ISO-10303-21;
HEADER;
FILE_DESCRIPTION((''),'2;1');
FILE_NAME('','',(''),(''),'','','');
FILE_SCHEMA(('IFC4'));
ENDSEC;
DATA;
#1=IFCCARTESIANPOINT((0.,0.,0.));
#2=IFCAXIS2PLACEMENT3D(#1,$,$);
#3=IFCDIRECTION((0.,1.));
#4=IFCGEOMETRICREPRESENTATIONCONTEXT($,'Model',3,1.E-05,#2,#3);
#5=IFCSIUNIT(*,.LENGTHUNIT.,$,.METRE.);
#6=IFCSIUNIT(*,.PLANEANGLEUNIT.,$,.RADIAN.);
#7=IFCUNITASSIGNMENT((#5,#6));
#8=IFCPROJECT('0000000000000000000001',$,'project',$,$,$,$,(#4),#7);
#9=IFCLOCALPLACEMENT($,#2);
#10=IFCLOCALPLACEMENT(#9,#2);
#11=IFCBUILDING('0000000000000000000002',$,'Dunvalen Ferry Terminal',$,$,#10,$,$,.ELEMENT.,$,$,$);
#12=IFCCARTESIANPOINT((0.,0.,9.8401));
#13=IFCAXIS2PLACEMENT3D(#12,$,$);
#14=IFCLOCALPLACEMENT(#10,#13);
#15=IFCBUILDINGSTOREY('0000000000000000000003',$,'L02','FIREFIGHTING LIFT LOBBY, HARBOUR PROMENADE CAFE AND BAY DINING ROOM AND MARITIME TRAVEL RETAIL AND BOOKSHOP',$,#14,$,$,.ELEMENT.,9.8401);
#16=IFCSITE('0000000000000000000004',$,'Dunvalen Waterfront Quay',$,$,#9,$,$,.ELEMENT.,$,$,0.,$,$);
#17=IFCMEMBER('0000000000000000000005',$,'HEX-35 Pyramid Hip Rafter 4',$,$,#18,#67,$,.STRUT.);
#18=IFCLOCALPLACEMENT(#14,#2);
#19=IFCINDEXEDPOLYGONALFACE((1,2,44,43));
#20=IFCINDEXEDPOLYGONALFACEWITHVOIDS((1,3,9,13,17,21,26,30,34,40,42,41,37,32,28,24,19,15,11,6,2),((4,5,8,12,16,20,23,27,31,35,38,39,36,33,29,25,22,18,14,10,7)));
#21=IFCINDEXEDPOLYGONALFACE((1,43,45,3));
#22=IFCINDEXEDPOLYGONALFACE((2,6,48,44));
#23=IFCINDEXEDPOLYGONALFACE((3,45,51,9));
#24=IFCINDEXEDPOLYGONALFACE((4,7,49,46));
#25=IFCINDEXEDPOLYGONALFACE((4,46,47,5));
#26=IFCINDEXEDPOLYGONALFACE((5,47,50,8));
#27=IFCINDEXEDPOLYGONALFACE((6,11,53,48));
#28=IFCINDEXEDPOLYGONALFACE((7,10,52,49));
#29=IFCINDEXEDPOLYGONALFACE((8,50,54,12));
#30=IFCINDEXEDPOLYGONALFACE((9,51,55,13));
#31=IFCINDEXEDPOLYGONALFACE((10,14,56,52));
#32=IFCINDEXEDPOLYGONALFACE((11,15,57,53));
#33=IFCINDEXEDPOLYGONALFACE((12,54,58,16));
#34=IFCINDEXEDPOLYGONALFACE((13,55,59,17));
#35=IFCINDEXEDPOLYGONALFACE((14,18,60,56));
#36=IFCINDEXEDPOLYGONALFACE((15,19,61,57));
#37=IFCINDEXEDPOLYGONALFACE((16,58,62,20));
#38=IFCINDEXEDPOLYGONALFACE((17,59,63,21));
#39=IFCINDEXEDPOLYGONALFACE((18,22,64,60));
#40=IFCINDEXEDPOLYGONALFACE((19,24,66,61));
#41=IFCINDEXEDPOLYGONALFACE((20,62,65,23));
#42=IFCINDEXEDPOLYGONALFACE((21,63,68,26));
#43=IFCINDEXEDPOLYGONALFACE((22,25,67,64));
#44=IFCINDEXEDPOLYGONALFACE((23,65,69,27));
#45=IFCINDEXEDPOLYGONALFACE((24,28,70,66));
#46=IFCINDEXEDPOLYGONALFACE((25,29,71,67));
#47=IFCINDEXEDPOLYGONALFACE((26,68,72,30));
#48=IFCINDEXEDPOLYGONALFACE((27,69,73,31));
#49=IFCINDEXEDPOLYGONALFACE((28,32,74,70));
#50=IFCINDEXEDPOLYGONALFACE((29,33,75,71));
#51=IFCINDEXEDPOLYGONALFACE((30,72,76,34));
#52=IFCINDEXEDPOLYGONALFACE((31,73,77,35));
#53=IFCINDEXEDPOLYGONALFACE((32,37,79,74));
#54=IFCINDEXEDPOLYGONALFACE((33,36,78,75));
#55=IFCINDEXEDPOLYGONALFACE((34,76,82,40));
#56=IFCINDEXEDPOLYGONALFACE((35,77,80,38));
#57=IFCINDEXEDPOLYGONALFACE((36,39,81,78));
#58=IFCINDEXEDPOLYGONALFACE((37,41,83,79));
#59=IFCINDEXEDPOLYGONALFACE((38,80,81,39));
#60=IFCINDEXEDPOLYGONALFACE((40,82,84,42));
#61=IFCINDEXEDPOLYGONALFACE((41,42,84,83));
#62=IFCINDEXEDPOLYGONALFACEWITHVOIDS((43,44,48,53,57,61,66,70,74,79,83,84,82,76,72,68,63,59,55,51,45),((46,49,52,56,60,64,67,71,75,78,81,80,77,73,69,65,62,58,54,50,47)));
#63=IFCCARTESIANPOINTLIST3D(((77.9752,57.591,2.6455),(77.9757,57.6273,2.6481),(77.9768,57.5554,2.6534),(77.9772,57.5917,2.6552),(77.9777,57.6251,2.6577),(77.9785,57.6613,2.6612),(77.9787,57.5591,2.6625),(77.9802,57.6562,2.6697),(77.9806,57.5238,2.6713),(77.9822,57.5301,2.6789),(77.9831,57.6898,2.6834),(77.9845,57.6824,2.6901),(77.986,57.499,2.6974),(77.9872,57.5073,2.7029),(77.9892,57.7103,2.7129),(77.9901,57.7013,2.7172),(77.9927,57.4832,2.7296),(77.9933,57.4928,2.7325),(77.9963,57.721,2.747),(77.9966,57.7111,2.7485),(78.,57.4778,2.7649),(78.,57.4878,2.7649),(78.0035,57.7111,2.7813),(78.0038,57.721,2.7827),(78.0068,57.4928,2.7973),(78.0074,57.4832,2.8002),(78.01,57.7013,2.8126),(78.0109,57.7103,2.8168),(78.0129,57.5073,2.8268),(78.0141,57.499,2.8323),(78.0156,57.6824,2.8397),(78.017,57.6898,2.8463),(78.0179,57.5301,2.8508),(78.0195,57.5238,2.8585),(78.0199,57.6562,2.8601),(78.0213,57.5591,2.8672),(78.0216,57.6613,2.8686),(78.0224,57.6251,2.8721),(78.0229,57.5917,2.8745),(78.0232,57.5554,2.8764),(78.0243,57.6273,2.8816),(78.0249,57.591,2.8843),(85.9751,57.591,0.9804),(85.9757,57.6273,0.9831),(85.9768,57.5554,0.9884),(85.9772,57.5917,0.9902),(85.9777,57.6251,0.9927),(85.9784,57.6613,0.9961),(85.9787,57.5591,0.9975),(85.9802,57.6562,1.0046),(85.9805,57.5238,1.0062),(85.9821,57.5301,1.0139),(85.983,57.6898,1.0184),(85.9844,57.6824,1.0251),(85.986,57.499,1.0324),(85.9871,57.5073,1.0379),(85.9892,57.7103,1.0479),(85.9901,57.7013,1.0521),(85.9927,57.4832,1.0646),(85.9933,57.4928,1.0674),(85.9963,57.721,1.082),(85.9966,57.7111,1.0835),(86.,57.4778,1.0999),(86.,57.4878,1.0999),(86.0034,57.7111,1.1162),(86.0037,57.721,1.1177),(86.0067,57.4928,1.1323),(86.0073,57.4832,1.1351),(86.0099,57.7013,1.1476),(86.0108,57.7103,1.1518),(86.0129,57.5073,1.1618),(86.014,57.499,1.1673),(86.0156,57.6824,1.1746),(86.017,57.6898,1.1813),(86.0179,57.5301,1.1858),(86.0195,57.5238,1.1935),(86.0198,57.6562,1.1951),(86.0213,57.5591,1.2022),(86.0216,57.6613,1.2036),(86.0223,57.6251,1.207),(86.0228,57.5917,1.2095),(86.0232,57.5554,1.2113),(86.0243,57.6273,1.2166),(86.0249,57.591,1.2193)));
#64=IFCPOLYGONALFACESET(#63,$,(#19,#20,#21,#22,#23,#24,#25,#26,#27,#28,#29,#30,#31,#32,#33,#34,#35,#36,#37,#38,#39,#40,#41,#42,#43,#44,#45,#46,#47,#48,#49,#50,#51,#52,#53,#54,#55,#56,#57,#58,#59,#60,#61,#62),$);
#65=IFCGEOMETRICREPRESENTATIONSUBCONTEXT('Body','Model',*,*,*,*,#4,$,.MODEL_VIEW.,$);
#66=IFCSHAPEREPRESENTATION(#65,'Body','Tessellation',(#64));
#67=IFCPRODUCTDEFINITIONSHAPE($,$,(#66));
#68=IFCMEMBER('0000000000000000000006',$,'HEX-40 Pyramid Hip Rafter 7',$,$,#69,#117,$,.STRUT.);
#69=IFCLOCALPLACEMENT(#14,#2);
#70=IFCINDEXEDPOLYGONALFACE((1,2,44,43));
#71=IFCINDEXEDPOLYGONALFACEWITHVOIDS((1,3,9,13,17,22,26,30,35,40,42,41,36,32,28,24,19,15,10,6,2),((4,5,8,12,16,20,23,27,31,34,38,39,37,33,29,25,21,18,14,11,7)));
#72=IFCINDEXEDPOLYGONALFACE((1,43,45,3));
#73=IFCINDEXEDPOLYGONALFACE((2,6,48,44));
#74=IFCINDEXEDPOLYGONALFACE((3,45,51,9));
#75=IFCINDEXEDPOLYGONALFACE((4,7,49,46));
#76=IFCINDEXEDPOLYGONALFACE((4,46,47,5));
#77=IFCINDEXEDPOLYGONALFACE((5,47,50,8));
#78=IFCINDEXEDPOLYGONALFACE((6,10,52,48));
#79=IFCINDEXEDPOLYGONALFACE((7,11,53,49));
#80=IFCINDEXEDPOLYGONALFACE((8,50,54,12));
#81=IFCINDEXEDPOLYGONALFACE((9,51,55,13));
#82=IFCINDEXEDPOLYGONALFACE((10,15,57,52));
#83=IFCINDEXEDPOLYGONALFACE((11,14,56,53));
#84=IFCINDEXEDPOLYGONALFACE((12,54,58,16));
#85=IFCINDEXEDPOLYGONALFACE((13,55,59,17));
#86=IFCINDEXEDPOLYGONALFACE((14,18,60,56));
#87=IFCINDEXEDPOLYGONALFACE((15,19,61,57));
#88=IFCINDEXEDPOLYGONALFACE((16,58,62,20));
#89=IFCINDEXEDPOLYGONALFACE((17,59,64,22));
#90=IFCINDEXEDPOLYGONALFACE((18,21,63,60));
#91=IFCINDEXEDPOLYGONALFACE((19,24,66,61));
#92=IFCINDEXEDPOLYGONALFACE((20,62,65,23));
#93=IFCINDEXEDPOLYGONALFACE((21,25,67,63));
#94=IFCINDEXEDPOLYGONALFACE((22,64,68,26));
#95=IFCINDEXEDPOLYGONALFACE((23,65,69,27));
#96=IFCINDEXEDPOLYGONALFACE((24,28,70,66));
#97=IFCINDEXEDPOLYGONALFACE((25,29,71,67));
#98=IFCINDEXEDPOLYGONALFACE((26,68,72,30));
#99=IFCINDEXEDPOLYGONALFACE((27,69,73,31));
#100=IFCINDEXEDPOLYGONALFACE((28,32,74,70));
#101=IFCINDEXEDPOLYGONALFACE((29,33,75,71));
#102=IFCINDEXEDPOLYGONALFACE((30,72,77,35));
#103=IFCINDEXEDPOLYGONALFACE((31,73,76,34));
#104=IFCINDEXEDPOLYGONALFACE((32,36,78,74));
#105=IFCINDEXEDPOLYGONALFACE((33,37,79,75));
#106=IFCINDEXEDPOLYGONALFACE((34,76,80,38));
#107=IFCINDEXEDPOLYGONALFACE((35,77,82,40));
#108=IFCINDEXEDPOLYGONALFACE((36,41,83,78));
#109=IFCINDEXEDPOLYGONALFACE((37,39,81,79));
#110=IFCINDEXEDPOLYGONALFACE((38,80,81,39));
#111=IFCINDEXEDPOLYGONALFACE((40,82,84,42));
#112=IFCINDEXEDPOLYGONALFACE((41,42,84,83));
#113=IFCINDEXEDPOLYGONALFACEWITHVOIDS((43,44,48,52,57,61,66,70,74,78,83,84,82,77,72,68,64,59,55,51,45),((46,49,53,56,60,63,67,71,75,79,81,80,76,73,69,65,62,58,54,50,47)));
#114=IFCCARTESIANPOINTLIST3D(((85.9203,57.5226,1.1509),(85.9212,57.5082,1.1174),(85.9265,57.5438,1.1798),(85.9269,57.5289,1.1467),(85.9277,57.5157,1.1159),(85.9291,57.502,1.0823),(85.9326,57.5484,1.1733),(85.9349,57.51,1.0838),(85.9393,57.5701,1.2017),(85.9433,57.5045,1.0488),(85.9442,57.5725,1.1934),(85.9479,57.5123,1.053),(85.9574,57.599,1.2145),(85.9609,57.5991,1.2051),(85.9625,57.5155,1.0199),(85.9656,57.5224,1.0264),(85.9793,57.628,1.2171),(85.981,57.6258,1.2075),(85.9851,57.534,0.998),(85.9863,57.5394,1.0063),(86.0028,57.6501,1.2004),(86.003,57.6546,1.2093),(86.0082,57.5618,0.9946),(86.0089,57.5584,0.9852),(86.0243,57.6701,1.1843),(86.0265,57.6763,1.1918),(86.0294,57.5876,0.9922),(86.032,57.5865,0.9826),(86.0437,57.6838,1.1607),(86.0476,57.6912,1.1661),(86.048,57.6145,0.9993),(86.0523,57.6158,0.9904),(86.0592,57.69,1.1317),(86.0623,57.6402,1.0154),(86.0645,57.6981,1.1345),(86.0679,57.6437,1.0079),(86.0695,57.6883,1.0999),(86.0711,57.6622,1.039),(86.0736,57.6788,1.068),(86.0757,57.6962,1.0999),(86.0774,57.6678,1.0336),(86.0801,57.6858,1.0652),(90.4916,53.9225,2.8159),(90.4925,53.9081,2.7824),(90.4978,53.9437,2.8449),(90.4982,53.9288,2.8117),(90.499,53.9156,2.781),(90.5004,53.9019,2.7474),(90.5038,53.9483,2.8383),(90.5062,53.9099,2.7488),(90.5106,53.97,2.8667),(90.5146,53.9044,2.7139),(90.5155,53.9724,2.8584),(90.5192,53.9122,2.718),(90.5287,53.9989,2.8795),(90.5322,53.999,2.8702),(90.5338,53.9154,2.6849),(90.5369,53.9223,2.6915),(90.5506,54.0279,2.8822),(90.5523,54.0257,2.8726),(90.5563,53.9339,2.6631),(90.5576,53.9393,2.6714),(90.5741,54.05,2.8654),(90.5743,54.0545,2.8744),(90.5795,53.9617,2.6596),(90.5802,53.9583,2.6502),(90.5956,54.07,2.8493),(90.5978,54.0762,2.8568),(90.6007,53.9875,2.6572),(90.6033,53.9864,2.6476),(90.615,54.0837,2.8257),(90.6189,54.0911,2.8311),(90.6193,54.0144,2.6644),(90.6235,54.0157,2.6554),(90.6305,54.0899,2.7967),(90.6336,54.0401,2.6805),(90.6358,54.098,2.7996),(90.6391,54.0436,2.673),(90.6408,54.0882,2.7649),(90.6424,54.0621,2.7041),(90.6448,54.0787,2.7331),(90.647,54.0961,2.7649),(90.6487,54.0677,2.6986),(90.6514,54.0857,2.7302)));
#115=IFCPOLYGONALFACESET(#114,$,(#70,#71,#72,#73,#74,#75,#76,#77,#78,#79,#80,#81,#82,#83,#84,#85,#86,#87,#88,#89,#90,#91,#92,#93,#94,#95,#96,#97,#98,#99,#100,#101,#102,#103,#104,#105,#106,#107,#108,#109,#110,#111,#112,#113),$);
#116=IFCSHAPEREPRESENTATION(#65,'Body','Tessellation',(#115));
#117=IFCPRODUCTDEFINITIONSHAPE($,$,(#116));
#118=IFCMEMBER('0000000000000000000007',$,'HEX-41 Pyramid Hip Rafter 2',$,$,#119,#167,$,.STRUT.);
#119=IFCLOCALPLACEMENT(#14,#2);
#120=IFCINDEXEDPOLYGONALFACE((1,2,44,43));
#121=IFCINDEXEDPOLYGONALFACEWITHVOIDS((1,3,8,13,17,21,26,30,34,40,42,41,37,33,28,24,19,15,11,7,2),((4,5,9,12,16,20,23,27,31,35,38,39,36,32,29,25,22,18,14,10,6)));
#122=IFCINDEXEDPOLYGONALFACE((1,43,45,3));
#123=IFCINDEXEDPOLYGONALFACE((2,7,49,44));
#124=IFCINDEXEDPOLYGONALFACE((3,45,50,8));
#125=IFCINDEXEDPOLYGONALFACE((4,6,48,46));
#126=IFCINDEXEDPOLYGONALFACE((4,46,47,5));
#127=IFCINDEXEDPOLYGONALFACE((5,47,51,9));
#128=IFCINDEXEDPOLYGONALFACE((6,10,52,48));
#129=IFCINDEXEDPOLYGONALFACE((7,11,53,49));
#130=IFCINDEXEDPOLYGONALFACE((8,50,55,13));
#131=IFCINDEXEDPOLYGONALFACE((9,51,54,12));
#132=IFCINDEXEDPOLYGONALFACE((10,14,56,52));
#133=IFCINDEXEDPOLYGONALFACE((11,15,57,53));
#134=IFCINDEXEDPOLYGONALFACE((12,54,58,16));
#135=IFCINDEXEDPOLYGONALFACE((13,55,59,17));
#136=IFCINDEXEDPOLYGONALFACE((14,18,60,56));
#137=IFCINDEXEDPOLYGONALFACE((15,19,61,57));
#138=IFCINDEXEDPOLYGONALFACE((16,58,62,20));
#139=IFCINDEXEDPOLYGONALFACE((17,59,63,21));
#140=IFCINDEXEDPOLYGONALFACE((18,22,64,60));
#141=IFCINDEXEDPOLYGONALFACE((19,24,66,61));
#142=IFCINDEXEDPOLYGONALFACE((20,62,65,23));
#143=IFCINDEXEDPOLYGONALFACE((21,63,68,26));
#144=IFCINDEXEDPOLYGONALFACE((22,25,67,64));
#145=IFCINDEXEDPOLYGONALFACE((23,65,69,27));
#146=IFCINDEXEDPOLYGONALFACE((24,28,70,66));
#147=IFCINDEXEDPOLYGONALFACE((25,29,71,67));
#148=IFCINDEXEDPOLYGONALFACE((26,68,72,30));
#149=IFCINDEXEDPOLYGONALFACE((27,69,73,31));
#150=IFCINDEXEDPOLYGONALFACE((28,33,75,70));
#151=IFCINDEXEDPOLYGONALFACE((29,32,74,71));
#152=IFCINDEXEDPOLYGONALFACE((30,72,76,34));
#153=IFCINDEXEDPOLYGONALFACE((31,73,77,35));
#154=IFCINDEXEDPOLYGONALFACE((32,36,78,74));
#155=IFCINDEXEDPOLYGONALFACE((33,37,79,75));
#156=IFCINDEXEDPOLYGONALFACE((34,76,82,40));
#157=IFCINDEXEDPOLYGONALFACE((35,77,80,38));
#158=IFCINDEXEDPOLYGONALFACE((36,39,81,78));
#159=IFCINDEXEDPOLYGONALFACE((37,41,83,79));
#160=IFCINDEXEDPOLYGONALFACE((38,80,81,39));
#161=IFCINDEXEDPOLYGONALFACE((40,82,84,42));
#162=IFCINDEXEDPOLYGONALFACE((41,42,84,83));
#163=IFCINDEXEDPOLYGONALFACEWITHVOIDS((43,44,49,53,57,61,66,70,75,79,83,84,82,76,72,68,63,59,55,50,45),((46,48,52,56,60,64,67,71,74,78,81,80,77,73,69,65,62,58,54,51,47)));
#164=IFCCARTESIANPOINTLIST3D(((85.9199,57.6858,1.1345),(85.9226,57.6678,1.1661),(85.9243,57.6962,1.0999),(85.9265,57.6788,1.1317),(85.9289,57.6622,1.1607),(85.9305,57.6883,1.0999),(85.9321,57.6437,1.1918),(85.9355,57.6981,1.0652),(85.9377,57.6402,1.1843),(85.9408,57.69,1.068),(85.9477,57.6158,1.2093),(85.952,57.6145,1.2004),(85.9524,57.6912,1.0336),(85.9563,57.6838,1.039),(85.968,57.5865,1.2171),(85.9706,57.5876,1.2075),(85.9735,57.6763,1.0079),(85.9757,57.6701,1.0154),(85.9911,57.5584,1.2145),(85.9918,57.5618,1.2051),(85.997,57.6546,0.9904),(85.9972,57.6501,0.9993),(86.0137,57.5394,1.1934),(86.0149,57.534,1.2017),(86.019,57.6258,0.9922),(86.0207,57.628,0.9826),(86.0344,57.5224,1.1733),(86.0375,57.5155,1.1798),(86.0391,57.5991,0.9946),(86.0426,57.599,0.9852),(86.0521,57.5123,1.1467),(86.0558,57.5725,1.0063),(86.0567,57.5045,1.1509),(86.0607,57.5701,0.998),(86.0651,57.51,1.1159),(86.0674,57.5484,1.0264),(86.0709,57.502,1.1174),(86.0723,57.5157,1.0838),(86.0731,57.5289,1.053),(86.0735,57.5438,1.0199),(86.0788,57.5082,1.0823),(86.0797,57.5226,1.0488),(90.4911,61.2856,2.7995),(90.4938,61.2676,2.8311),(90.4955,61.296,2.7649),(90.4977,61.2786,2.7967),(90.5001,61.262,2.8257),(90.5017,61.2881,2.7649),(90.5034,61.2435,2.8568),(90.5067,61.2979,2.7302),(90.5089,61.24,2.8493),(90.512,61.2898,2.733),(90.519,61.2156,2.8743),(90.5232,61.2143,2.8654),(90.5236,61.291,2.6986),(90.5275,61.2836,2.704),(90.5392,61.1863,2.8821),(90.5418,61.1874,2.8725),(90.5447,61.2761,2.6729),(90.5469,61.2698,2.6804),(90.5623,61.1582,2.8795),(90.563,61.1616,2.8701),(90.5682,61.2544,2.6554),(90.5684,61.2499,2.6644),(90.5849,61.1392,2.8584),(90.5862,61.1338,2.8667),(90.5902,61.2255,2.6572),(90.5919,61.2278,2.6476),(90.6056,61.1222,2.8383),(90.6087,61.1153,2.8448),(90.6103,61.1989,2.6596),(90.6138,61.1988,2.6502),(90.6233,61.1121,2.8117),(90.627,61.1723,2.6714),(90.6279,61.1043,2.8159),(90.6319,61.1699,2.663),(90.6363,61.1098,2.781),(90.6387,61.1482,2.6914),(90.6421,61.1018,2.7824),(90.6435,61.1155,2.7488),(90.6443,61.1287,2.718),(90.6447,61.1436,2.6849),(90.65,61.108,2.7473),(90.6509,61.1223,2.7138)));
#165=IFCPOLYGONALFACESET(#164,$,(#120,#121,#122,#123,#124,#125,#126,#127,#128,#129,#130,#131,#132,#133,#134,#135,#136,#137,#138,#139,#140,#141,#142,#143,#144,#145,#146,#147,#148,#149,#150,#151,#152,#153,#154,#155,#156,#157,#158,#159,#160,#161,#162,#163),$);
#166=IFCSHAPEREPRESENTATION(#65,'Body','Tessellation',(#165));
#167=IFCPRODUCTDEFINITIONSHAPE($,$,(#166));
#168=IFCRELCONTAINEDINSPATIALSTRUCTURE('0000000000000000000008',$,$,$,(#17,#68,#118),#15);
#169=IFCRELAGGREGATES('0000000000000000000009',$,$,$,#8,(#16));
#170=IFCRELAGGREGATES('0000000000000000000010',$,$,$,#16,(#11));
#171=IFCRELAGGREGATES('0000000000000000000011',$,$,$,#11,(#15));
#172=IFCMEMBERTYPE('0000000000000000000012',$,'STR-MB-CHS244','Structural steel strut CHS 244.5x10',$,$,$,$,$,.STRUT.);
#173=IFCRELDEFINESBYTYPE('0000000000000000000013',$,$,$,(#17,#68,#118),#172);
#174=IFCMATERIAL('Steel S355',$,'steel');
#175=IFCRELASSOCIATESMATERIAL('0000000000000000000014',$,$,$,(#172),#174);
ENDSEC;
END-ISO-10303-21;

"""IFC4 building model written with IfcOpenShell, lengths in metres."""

from ifc_helpers import new_model, si_unit, direction, frame, origin, origin_2d, place, context, subcontext, project, spatial, hollow_circle, extrude, material, material_profile, profile_set, type_object, element, save


model = new_model("IFC4")

# Units and contexts
model_context = context("Model", 3, precision=1e-05, world=origin(), true_north=direction((0.0, 1.0)))
body_context = subcontext(model_context, "Body", "Model", "MODEL_VIEW")
ifc_project = project(units=[si_unit("LENGTHUNIT", "METRE"), si_unit("PLANEANGLEUNIT", "RADIAN")], contexts=[model_context])

# Site, building, storey
site_placement = place(None, origin())
site = spatial("IfcSite", under=ifc_project, at=site_placement, Name="Dunvalen Waterfront Quay", CompositionType="ELEMENT", RefElevation=0.0)
building_placement = place(site_placement, origin())
building = spatial("IfcBuilding", under=site, at=building_placement, Name="Dunvalen Ferry Terminal", CompositionType="ELEMENT")
storey_placement = place(building_placement, frame((0.0, 0.0, 9.8401)))
storey = spatial("IfcBuildingStorey", under=building, at=storey_placement, Name="L02", Description="FIREFIGHTING LIFT LOBBY, HARBOUR PROMENADE CAFE AND BAY DINING ROOM AND MARITIME TRAVEL RETAIL AND BOOKSHOP", CompositionType="ELEMENT", Elevation=9.8401)

# Shared definitions
ifc_material_1 = material(Name="Steel S355", Category="steel")

# Members
ifc_material_profile_1 = material_profile(ifc_material_1, hollow_circle(Radius=0.1223, WallThickness=0.01, at=origin_2d()), Name="Steel S355")
ifc_profile_set_1 = profile_set([ifc_material_profile_1], Name="Steel S355")
member_type_1 = type_object("IfcMemberType", Name="STR-MB-CHS244", Description="Structural steel strut CHS 244.5x10", PredefinedType="STRUT", material=ifc_profile_set_1)
member_1_placement = place(storey_placement, frame((86.0, 57.6001, 1.0999), z_axis=(-0.97902, 0.0, 0.203763), x_axis=(0.0, -1.0, 0.0)))
element("IfcMember", 1, at=member_1_placement, inside=storey, type_object=member_type_1, Name="HEX-35 Pyramid Hip Rafter 4", PredefinedType="STRUT", context=body_context, shape_type="SweptSolid", body=[
    extrude(hollow_circle(Radius=0.1223, WallThickness=0.01, at=origin_2d()), origin(), (0.0, 0.0, 1.0), 8.1714),
])
member_2_placement = place(storey_placement, frame((86.0, 57.6001, 1.0999), z_axis=(0.755304, -0.594836, 0.275111), x_axis=(0.618711, 0.785619, 0.0)))
element("IfcMember", 2, at=member_2_placement, inside=storey, type_object=member_type_1, Name="HEX-40 Pyramid Hip Rafter 7", PredefinedType="STRUT", context=body_context, shape_type="SweptSolid", body=[
    extrude(hollow_circle(Radius=0.1223, WallThickness=0.01, at=origin_2d()), origin(), (0.0, 0.0, 1.0), 6.0522),
])
member_3_placement = place(storey_placement, frame((86.0, 57.6001, 1.0999), z_axis=(0.755322, 0.59481, 0.275117), x_axis=(-0.618685, 0.785639, 0.0)))
element("IfcMember", 3, at=member_3_placement, inside=storey, type_object=member_type_1, Name="HEX-41 Pyramid Hip Rafter 2", PredefinedType="STRUT", context=body_context, shape_type="SweptSolid", body=[
    extrude(hollow_circle(Radius=0.1223, WallThickness=0.01, at=origin_2d()), origin(), (0.0, 0.0, 1.0), 6.052),
])

save(model, "model.ifc")
